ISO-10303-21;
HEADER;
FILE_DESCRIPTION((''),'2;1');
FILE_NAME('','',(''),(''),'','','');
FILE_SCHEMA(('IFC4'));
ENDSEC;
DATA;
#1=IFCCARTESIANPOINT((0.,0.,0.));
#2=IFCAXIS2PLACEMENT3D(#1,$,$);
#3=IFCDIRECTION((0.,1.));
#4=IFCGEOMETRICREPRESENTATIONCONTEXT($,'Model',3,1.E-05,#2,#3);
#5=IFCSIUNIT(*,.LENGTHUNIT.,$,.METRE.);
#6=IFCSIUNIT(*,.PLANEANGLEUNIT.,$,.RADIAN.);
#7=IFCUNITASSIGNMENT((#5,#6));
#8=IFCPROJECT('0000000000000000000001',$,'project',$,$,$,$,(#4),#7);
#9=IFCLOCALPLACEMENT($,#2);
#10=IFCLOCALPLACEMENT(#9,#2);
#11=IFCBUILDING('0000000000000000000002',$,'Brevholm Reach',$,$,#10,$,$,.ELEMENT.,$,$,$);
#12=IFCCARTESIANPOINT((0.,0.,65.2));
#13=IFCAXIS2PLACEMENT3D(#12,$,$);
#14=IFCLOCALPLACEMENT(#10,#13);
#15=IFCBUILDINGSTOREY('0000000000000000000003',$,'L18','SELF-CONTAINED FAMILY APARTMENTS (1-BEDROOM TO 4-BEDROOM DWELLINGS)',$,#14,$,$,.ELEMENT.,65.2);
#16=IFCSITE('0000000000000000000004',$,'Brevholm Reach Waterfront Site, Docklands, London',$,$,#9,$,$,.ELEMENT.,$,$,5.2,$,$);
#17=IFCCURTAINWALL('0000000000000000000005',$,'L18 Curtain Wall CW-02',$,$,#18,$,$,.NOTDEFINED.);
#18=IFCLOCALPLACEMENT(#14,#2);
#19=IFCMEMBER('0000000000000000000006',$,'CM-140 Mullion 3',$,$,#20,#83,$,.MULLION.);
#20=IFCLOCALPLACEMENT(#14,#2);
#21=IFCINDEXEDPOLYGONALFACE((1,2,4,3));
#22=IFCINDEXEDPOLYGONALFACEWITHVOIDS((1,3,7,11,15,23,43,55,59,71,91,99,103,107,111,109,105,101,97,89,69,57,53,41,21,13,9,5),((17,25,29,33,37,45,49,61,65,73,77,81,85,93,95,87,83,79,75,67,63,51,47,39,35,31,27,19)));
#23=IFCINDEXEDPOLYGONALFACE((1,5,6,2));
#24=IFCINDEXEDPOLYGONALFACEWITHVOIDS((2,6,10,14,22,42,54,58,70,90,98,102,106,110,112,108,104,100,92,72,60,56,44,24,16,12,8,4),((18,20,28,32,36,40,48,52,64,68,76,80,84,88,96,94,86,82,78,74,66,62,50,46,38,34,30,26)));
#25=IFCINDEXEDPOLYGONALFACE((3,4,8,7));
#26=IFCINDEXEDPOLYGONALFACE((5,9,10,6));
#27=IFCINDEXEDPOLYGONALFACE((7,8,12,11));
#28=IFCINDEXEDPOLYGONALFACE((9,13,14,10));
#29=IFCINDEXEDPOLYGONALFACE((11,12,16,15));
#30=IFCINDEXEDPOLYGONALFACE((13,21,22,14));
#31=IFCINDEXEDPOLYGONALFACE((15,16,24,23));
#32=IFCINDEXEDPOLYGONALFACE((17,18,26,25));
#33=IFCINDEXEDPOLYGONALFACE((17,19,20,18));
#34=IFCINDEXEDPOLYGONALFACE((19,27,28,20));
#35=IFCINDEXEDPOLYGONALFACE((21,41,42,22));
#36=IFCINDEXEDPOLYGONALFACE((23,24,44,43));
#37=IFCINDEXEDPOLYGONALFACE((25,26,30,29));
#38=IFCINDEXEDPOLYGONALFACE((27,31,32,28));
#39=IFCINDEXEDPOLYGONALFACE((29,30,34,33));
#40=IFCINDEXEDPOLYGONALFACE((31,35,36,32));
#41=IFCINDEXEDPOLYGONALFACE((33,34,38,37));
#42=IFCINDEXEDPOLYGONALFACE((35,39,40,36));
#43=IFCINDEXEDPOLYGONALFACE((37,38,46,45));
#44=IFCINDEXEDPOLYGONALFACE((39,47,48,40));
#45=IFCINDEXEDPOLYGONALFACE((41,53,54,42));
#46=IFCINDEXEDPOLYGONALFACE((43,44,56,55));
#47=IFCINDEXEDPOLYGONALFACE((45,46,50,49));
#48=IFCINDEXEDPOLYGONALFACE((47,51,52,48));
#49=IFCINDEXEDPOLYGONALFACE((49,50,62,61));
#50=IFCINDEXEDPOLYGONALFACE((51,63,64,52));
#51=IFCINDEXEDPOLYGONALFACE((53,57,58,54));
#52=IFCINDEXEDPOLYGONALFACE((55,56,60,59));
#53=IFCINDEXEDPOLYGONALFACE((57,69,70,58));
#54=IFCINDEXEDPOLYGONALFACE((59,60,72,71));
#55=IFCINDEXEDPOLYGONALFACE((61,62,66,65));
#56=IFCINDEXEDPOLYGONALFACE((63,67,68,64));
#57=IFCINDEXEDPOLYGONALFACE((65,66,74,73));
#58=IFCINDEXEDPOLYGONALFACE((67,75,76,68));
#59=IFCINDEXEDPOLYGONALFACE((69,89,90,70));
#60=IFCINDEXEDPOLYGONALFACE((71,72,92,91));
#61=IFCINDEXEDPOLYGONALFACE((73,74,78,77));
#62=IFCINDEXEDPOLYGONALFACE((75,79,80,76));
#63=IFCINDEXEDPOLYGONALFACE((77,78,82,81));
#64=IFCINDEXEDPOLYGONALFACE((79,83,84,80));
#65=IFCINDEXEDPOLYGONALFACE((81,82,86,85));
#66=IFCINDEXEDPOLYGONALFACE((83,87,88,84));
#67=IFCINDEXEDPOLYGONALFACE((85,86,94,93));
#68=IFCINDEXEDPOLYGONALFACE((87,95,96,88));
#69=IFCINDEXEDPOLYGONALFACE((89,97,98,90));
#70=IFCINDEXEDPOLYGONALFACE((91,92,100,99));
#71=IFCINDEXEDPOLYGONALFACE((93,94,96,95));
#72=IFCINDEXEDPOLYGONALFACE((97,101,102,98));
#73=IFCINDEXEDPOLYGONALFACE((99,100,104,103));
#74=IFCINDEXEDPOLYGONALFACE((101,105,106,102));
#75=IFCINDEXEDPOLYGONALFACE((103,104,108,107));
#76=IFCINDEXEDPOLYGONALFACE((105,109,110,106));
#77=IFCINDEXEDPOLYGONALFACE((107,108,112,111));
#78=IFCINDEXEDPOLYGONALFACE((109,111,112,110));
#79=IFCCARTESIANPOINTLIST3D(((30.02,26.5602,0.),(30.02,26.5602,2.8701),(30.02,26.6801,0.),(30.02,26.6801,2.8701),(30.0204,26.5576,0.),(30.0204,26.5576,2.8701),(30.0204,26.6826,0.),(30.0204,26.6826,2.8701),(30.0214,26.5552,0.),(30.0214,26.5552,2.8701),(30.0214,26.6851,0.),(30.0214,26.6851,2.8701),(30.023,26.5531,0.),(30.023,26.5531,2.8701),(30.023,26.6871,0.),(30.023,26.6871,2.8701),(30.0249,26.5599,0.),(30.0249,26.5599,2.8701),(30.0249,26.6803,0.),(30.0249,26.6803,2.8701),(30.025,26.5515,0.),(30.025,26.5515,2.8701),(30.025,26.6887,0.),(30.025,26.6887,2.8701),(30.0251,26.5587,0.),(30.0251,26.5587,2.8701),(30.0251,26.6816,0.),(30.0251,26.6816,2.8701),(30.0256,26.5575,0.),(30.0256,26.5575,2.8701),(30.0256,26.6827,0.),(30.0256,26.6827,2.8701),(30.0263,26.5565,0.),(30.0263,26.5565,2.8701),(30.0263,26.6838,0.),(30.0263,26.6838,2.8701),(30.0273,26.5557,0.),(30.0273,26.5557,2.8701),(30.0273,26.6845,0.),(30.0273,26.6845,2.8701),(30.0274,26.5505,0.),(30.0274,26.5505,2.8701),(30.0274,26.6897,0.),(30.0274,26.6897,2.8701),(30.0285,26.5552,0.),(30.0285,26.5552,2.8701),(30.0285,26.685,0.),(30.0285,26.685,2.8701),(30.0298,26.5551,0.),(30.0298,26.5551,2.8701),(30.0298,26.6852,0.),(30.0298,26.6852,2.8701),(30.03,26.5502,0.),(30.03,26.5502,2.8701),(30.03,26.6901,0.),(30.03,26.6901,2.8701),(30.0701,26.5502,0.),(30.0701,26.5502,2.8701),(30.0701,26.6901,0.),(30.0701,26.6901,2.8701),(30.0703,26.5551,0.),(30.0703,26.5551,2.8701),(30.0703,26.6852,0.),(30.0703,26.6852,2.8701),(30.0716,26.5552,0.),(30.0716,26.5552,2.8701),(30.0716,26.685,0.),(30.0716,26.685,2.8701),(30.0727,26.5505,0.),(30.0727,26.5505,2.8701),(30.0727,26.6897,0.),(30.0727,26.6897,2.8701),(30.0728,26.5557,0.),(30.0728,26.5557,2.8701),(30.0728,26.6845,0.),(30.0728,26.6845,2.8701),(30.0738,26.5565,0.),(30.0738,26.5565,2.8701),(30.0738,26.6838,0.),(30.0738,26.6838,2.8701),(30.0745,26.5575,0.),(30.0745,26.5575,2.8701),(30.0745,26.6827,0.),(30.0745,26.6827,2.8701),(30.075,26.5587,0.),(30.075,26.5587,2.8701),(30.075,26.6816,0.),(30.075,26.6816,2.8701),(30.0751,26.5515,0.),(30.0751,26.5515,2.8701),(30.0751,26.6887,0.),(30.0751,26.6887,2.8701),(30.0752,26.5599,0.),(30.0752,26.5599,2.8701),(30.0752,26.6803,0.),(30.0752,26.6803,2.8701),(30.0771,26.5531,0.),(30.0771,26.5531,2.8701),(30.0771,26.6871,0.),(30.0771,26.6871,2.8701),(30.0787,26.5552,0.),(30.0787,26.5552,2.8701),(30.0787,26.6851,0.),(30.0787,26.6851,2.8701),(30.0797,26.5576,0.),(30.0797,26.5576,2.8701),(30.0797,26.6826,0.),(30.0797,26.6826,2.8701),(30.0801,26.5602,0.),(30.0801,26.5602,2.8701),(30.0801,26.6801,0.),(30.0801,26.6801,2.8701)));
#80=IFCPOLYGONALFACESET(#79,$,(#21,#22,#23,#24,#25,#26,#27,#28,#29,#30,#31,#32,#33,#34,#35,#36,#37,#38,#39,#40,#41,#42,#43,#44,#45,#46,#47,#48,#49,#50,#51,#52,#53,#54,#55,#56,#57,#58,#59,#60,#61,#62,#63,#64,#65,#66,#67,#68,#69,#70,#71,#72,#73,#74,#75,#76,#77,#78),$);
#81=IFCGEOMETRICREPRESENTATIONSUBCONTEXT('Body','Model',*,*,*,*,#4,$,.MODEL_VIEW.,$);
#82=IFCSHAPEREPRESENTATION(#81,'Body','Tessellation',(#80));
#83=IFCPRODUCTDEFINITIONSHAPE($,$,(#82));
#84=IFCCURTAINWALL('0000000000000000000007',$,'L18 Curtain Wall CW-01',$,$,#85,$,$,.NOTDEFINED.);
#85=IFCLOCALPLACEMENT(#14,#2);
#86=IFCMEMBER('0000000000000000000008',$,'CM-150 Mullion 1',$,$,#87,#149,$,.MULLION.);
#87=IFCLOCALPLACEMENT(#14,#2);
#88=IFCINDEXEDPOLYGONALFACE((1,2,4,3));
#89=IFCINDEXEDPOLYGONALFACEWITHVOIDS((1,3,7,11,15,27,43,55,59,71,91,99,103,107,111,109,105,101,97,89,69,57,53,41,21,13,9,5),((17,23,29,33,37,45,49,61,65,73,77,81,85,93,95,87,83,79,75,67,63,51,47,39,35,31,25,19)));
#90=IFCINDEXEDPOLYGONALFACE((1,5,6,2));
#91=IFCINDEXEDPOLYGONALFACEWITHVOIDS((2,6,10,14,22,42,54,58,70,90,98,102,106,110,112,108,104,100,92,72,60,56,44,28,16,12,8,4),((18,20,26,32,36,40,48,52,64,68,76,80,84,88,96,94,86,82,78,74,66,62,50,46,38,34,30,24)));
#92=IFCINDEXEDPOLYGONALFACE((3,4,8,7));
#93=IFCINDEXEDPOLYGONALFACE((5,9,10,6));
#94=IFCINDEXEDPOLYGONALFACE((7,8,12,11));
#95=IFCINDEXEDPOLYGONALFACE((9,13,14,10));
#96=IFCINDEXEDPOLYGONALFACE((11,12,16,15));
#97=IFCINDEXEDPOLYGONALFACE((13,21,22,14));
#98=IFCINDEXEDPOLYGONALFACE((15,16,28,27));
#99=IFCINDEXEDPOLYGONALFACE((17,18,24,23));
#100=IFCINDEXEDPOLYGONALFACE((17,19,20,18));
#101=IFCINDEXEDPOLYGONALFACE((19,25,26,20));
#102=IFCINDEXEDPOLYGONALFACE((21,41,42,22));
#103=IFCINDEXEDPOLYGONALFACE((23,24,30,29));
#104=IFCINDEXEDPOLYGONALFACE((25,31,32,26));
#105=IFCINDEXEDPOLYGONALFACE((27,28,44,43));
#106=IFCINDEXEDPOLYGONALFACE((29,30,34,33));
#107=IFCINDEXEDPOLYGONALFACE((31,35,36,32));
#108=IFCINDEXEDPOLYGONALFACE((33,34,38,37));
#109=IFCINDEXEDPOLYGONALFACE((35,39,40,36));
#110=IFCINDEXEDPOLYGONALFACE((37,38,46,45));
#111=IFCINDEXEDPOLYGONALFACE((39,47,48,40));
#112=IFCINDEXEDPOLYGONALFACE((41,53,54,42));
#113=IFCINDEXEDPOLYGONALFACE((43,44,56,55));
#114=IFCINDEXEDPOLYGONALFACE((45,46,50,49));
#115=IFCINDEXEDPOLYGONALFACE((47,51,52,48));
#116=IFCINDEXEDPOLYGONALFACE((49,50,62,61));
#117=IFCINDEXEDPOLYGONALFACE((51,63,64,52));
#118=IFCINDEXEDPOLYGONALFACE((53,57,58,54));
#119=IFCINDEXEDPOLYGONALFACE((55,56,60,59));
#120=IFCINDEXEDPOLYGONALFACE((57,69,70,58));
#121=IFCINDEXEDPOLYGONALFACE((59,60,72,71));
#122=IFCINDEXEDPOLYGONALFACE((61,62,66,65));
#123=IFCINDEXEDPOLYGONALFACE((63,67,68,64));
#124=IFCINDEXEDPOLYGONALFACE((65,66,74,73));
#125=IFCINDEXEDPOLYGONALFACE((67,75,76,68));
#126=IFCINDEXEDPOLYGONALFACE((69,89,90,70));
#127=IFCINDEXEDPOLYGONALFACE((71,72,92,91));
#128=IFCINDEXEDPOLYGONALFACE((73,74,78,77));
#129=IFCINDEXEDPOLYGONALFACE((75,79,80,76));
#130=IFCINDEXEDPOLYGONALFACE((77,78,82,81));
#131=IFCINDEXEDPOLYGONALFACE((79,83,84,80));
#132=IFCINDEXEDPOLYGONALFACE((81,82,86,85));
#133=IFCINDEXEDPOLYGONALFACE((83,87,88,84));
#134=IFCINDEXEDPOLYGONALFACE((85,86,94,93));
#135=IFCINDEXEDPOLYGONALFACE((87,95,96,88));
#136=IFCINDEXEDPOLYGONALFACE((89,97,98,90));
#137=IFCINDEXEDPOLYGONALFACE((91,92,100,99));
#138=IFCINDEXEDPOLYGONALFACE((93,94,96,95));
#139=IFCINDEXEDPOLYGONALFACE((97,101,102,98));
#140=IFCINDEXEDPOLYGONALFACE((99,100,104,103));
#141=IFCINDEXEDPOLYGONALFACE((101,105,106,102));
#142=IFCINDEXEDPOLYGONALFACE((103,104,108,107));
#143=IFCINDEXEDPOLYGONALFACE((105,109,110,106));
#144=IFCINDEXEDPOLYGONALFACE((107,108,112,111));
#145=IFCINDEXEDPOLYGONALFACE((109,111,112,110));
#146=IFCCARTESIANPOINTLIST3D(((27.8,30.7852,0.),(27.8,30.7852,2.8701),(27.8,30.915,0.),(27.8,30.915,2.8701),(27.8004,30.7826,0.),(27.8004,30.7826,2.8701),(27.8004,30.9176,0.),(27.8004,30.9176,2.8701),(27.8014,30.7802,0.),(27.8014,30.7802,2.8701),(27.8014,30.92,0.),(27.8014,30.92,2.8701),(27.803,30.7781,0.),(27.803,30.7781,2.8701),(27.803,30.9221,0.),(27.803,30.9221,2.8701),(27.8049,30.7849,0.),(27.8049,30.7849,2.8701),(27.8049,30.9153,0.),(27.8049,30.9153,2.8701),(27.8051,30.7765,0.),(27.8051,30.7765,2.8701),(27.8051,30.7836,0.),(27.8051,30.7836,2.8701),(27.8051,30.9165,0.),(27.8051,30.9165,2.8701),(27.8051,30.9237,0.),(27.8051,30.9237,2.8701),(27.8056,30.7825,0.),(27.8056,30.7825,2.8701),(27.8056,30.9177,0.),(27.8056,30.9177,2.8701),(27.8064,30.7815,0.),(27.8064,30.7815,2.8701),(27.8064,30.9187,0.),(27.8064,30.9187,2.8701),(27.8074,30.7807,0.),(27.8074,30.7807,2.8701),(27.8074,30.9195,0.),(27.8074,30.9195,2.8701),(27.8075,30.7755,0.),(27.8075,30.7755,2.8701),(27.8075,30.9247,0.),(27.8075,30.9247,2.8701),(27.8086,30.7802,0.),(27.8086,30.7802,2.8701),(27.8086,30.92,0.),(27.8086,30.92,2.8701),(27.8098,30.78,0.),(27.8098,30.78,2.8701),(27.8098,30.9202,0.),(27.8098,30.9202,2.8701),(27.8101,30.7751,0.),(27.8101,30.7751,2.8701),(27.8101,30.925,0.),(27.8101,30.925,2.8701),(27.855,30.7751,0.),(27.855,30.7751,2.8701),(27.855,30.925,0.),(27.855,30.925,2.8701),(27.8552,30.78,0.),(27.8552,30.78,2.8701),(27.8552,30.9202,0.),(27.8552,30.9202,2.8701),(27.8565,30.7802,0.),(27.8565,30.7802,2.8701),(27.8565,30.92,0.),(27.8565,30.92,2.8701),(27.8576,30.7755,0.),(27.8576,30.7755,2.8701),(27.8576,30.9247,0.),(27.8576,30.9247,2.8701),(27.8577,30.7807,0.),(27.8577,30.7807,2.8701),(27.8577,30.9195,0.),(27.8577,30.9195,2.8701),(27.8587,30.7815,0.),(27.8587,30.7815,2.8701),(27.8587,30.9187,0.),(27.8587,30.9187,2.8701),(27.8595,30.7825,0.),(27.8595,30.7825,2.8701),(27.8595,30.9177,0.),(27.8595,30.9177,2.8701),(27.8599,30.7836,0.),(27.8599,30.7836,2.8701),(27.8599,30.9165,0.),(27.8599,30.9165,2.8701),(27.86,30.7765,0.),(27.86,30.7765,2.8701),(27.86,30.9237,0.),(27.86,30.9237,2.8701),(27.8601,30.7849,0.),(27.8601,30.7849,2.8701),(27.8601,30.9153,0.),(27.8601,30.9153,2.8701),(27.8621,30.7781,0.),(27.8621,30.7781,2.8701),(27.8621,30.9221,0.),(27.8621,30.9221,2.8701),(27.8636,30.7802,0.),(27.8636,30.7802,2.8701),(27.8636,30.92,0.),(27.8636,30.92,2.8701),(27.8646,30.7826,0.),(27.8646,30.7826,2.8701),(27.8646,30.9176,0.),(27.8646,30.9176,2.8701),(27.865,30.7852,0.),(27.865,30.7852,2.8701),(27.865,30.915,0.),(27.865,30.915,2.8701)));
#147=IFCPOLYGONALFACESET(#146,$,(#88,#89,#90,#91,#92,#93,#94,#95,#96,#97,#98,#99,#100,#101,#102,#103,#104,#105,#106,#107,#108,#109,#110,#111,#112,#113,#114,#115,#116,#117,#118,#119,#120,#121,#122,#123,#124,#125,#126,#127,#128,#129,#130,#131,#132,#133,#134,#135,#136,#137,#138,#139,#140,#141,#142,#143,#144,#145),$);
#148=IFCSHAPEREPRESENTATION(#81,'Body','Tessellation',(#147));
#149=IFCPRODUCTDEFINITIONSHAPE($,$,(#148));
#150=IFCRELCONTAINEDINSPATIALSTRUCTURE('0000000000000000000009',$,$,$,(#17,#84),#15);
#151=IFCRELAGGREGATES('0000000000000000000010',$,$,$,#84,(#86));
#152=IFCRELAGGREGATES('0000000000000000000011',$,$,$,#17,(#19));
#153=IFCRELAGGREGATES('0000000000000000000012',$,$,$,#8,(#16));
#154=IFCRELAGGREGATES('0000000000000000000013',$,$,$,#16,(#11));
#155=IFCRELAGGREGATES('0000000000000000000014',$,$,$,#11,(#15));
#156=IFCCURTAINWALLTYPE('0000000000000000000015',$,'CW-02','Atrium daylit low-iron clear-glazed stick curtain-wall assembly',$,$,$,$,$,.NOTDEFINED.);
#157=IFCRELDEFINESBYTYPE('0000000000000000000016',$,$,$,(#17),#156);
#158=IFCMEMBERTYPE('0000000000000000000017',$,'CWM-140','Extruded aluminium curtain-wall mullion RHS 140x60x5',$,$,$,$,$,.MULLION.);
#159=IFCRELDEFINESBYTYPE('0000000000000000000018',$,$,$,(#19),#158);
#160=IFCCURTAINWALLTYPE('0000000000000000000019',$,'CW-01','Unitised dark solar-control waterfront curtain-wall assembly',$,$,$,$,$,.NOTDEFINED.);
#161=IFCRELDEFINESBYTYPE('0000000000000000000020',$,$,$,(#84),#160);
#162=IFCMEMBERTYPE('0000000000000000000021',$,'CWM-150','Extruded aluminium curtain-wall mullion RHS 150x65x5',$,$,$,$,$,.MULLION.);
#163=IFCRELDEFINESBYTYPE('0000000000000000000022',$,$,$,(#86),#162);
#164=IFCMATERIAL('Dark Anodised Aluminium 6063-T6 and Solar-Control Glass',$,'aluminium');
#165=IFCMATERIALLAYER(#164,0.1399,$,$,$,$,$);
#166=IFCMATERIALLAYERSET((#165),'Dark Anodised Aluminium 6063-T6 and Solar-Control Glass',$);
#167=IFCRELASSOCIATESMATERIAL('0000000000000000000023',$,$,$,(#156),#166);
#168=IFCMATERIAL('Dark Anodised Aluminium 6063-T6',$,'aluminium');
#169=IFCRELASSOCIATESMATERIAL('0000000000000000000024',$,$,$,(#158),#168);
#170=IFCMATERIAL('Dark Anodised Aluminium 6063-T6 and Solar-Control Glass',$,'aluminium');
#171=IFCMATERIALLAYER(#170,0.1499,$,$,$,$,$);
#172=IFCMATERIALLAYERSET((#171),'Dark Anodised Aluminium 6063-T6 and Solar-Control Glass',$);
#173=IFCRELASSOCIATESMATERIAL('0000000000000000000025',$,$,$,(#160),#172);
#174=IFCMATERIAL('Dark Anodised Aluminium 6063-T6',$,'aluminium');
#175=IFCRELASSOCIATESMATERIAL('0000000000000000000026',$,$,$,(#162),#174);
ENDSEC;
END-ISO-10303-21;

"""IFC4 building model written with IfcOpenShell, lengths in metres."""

from ifc_helpers import new_model, si_unit, direction, frame, origin, origin_2d, place, context, subcontext, project, spatial, hollow_rectangle, extrude, material, layer, layer_set, material_profile, profile_set, type_object, element, aggregate, save


model = new_model("IFC4")

# Units and contexts
model_context = context("Model", 3, precision=1e-05, world=origin(), true_north=direction((0.0, 1.0)))
body_context = subcontext(model_context, "Body", "Model", "MODEL_VIEW")
ifc_project = project(units=[si_unit("LENGTHUNIT", "METRE"), si_unit("PLANEANGLEUNIT", "RADIAN")], contexts=[model_context])

# Site, building, storey
site_placement = place(None, origin())
site = spatial("IfcSite", under=ifc_project, at=site_placement, Name="Brevholm Reach Waterfront Site, Docklands, London", CompositionType="ELEMENT", RefElevation=5.2)
building_placement = place(site_placement, origin())
building = spatial("IfcBuilding", under=site, at=building_placement, Name="Brevholm Reach", CompositionType="ELEMENT")
storey_placement = place(building_placement, frame((0.0, 0.0, 65.2)))
storey = spatial("IfcBuildingStorey", under=building, at=storey_placement, Name="L18", Description="SELF-CONTAINED FAMILY APARTMENTS (1-BEDROOM TO 4-BEDROOM DWELLINGS)", CompositionType="ELEMENT", Elevation=65.2)

# Curtain walls, members
ifc_material_1 = material(Name="Dark Anodised Aluminium 6063-T6 and Solar-Control Glass", Category="aluminium")
ifc_layer_1 = layer(ifc_material_1, 0.1399)
ifc_layer_set_1 = layer_set([ifc_layer_1], Name="Dark Anodised Aluminium 6063-T6 and Solar-Control Glass")
curtain_wall_type_1 = type_object("IfcCurtainWallType", Name="CW-02", Description="Atrium daylit low-iron clear-glazed stick curtain-wall assembly", PredefinedType="NOTDEFINED", material=ifc_layer_set_1)
curtain_wall_1_placement = place(storey_placement, origin())
curtain_wall_1 = element("IfcCurtainWall", 1, at=curtain_wall_1_placement, inside=storey, type_object=curtain_wall_type_1, Name="L18 Curtain Wall CW-02", PredefinedType="NOTDEFINED")
ifc_material_2 = material(Name="Dark Anodised Aluminium 6063-T6", Category="aluminium")
ifc_material_profile_1 = material_profile(ifc_material_2, hollow_rectangle(XDim=0.0601, YDim=0.1399, WallThickness=0.0049, InnerFilletRadius=0.0049, OuterFilletRadius=0.01, at=origin_2d()), Name="RHS 140x60x5")
ifc_profile_set_1 = profile_set([ifc_material_profile_1], Name="Dark Anodised Aluminium 6063-T6")
member_type_1 = type_object("IfcMemberType", Name="CWM-140", Description="Extruded aluminium curtain-wall mullion RHS 140x60x5", PredefinedType="MULLION", material=ifc_profile_set_1)
member_1_placement = place(storey_placement, frame((30.05, 26.6201, 0.0), z_axis=(0.0, 0.0, 1.0), x_axis=(-1.0, 0.0, 0.0)))
member_1 = element("IfcMember", 2, at=member_1_placement, type_object=member_type_1, Name="CM-140 Mullion 3", PredefinedType="MULLION", context=body_context, shape_type="SweptSolid", body=[
    extrude(hollow_rectangle(XDim=0.0601, YDim=0.1399, WallThickness=0.0049, InnerFilletRadius=0.0049, OuterFilletRadius=0.01, at=origin_2d()), origin(), (0.0, 0.0, 1.0), 2.8701),
])
ifc_material_3 = material(Name="Dark Anodised Aluminium 6063-T6 and Solar-Control Glass", Category="aluminium")
ifc_layer_2 = layer(ifc_material_3, 0.1499)
ifc_layer_set_2 = layer_set([ifc_layer_2], Name="Dark Anodised Aluminium 6063-T6 and Solar-Control Glass")
curtain_wall_type_2 = type_object("IfcCurtainWallType", Name="CW-01", Description="Unitised dark solar-control waterfront curtain-wall assembly", PredefinedType="NOTDEFINED", material=ifc_layer_set_2)
curtain_wall_2_placement = place(storey_placement, origin())
curtain_wall_2 = element("IfcCurtainWall", 3, at=curtain_wall_2_placement, inside=storey, type_object=curtain_wall_type_2, Name="L18 Curtain Wall CW-01", PredefinedType="NOTDEFINED")
ifc_material_4 = material(Name="Dark Anodised Aluminium 6063-T6", Category="aluminium")
ifc_material_profile_2 = material_profile(ifc_material_4, hollow_rectangle(XDim=0.0649, YDim=0.1499, WallThickness=0.0049, InnerFilletRadius=0.0049, OuterFilletRadius=0.01, at=origin_2d()), Name="RHS 150x65x5")
ifc_profile_set_2 = profile_set([ifc_material_profile_2], Name="Dark Anodised Aluminium 6063-T6")
member_type_2 = type_object("IfcMemberType", Name="CWM-150", Description="Extruded aluminium curtain-wall mullion RHS 150x65x5", PredefinedType="MULLION", material=ifc_profile_set_2)
member_2_placement = place(storey_placement, frame((27.8325, 30.8501, 0.0), z_axis=(0.0, 0.0, 1.0), x_axis=(1.0, 0.0, 0.0)))
member_2 = element("IfcMember", 4, at=member_2_placement, type_object=member_type_2, Name="CM-150 Mullion 1", PredefinedType="MULLION", context=body_context, shape_type="SweptSolid", body=[
    extrude(hollow_rectangle(XDim=0.0649, YDim=0.1499, WallThickness=0.0049, InnerFilletRadius=0.0049, OuterFilletRadius=0.01, at=origin_2d()), origin(), (0.0, 0.0, 1.0), 2.8701),
])

aggregate(curtain_wall_2, [member_2])
aggregate(curtain_wall_1, [member_1])

save(model, "model.ifc")
